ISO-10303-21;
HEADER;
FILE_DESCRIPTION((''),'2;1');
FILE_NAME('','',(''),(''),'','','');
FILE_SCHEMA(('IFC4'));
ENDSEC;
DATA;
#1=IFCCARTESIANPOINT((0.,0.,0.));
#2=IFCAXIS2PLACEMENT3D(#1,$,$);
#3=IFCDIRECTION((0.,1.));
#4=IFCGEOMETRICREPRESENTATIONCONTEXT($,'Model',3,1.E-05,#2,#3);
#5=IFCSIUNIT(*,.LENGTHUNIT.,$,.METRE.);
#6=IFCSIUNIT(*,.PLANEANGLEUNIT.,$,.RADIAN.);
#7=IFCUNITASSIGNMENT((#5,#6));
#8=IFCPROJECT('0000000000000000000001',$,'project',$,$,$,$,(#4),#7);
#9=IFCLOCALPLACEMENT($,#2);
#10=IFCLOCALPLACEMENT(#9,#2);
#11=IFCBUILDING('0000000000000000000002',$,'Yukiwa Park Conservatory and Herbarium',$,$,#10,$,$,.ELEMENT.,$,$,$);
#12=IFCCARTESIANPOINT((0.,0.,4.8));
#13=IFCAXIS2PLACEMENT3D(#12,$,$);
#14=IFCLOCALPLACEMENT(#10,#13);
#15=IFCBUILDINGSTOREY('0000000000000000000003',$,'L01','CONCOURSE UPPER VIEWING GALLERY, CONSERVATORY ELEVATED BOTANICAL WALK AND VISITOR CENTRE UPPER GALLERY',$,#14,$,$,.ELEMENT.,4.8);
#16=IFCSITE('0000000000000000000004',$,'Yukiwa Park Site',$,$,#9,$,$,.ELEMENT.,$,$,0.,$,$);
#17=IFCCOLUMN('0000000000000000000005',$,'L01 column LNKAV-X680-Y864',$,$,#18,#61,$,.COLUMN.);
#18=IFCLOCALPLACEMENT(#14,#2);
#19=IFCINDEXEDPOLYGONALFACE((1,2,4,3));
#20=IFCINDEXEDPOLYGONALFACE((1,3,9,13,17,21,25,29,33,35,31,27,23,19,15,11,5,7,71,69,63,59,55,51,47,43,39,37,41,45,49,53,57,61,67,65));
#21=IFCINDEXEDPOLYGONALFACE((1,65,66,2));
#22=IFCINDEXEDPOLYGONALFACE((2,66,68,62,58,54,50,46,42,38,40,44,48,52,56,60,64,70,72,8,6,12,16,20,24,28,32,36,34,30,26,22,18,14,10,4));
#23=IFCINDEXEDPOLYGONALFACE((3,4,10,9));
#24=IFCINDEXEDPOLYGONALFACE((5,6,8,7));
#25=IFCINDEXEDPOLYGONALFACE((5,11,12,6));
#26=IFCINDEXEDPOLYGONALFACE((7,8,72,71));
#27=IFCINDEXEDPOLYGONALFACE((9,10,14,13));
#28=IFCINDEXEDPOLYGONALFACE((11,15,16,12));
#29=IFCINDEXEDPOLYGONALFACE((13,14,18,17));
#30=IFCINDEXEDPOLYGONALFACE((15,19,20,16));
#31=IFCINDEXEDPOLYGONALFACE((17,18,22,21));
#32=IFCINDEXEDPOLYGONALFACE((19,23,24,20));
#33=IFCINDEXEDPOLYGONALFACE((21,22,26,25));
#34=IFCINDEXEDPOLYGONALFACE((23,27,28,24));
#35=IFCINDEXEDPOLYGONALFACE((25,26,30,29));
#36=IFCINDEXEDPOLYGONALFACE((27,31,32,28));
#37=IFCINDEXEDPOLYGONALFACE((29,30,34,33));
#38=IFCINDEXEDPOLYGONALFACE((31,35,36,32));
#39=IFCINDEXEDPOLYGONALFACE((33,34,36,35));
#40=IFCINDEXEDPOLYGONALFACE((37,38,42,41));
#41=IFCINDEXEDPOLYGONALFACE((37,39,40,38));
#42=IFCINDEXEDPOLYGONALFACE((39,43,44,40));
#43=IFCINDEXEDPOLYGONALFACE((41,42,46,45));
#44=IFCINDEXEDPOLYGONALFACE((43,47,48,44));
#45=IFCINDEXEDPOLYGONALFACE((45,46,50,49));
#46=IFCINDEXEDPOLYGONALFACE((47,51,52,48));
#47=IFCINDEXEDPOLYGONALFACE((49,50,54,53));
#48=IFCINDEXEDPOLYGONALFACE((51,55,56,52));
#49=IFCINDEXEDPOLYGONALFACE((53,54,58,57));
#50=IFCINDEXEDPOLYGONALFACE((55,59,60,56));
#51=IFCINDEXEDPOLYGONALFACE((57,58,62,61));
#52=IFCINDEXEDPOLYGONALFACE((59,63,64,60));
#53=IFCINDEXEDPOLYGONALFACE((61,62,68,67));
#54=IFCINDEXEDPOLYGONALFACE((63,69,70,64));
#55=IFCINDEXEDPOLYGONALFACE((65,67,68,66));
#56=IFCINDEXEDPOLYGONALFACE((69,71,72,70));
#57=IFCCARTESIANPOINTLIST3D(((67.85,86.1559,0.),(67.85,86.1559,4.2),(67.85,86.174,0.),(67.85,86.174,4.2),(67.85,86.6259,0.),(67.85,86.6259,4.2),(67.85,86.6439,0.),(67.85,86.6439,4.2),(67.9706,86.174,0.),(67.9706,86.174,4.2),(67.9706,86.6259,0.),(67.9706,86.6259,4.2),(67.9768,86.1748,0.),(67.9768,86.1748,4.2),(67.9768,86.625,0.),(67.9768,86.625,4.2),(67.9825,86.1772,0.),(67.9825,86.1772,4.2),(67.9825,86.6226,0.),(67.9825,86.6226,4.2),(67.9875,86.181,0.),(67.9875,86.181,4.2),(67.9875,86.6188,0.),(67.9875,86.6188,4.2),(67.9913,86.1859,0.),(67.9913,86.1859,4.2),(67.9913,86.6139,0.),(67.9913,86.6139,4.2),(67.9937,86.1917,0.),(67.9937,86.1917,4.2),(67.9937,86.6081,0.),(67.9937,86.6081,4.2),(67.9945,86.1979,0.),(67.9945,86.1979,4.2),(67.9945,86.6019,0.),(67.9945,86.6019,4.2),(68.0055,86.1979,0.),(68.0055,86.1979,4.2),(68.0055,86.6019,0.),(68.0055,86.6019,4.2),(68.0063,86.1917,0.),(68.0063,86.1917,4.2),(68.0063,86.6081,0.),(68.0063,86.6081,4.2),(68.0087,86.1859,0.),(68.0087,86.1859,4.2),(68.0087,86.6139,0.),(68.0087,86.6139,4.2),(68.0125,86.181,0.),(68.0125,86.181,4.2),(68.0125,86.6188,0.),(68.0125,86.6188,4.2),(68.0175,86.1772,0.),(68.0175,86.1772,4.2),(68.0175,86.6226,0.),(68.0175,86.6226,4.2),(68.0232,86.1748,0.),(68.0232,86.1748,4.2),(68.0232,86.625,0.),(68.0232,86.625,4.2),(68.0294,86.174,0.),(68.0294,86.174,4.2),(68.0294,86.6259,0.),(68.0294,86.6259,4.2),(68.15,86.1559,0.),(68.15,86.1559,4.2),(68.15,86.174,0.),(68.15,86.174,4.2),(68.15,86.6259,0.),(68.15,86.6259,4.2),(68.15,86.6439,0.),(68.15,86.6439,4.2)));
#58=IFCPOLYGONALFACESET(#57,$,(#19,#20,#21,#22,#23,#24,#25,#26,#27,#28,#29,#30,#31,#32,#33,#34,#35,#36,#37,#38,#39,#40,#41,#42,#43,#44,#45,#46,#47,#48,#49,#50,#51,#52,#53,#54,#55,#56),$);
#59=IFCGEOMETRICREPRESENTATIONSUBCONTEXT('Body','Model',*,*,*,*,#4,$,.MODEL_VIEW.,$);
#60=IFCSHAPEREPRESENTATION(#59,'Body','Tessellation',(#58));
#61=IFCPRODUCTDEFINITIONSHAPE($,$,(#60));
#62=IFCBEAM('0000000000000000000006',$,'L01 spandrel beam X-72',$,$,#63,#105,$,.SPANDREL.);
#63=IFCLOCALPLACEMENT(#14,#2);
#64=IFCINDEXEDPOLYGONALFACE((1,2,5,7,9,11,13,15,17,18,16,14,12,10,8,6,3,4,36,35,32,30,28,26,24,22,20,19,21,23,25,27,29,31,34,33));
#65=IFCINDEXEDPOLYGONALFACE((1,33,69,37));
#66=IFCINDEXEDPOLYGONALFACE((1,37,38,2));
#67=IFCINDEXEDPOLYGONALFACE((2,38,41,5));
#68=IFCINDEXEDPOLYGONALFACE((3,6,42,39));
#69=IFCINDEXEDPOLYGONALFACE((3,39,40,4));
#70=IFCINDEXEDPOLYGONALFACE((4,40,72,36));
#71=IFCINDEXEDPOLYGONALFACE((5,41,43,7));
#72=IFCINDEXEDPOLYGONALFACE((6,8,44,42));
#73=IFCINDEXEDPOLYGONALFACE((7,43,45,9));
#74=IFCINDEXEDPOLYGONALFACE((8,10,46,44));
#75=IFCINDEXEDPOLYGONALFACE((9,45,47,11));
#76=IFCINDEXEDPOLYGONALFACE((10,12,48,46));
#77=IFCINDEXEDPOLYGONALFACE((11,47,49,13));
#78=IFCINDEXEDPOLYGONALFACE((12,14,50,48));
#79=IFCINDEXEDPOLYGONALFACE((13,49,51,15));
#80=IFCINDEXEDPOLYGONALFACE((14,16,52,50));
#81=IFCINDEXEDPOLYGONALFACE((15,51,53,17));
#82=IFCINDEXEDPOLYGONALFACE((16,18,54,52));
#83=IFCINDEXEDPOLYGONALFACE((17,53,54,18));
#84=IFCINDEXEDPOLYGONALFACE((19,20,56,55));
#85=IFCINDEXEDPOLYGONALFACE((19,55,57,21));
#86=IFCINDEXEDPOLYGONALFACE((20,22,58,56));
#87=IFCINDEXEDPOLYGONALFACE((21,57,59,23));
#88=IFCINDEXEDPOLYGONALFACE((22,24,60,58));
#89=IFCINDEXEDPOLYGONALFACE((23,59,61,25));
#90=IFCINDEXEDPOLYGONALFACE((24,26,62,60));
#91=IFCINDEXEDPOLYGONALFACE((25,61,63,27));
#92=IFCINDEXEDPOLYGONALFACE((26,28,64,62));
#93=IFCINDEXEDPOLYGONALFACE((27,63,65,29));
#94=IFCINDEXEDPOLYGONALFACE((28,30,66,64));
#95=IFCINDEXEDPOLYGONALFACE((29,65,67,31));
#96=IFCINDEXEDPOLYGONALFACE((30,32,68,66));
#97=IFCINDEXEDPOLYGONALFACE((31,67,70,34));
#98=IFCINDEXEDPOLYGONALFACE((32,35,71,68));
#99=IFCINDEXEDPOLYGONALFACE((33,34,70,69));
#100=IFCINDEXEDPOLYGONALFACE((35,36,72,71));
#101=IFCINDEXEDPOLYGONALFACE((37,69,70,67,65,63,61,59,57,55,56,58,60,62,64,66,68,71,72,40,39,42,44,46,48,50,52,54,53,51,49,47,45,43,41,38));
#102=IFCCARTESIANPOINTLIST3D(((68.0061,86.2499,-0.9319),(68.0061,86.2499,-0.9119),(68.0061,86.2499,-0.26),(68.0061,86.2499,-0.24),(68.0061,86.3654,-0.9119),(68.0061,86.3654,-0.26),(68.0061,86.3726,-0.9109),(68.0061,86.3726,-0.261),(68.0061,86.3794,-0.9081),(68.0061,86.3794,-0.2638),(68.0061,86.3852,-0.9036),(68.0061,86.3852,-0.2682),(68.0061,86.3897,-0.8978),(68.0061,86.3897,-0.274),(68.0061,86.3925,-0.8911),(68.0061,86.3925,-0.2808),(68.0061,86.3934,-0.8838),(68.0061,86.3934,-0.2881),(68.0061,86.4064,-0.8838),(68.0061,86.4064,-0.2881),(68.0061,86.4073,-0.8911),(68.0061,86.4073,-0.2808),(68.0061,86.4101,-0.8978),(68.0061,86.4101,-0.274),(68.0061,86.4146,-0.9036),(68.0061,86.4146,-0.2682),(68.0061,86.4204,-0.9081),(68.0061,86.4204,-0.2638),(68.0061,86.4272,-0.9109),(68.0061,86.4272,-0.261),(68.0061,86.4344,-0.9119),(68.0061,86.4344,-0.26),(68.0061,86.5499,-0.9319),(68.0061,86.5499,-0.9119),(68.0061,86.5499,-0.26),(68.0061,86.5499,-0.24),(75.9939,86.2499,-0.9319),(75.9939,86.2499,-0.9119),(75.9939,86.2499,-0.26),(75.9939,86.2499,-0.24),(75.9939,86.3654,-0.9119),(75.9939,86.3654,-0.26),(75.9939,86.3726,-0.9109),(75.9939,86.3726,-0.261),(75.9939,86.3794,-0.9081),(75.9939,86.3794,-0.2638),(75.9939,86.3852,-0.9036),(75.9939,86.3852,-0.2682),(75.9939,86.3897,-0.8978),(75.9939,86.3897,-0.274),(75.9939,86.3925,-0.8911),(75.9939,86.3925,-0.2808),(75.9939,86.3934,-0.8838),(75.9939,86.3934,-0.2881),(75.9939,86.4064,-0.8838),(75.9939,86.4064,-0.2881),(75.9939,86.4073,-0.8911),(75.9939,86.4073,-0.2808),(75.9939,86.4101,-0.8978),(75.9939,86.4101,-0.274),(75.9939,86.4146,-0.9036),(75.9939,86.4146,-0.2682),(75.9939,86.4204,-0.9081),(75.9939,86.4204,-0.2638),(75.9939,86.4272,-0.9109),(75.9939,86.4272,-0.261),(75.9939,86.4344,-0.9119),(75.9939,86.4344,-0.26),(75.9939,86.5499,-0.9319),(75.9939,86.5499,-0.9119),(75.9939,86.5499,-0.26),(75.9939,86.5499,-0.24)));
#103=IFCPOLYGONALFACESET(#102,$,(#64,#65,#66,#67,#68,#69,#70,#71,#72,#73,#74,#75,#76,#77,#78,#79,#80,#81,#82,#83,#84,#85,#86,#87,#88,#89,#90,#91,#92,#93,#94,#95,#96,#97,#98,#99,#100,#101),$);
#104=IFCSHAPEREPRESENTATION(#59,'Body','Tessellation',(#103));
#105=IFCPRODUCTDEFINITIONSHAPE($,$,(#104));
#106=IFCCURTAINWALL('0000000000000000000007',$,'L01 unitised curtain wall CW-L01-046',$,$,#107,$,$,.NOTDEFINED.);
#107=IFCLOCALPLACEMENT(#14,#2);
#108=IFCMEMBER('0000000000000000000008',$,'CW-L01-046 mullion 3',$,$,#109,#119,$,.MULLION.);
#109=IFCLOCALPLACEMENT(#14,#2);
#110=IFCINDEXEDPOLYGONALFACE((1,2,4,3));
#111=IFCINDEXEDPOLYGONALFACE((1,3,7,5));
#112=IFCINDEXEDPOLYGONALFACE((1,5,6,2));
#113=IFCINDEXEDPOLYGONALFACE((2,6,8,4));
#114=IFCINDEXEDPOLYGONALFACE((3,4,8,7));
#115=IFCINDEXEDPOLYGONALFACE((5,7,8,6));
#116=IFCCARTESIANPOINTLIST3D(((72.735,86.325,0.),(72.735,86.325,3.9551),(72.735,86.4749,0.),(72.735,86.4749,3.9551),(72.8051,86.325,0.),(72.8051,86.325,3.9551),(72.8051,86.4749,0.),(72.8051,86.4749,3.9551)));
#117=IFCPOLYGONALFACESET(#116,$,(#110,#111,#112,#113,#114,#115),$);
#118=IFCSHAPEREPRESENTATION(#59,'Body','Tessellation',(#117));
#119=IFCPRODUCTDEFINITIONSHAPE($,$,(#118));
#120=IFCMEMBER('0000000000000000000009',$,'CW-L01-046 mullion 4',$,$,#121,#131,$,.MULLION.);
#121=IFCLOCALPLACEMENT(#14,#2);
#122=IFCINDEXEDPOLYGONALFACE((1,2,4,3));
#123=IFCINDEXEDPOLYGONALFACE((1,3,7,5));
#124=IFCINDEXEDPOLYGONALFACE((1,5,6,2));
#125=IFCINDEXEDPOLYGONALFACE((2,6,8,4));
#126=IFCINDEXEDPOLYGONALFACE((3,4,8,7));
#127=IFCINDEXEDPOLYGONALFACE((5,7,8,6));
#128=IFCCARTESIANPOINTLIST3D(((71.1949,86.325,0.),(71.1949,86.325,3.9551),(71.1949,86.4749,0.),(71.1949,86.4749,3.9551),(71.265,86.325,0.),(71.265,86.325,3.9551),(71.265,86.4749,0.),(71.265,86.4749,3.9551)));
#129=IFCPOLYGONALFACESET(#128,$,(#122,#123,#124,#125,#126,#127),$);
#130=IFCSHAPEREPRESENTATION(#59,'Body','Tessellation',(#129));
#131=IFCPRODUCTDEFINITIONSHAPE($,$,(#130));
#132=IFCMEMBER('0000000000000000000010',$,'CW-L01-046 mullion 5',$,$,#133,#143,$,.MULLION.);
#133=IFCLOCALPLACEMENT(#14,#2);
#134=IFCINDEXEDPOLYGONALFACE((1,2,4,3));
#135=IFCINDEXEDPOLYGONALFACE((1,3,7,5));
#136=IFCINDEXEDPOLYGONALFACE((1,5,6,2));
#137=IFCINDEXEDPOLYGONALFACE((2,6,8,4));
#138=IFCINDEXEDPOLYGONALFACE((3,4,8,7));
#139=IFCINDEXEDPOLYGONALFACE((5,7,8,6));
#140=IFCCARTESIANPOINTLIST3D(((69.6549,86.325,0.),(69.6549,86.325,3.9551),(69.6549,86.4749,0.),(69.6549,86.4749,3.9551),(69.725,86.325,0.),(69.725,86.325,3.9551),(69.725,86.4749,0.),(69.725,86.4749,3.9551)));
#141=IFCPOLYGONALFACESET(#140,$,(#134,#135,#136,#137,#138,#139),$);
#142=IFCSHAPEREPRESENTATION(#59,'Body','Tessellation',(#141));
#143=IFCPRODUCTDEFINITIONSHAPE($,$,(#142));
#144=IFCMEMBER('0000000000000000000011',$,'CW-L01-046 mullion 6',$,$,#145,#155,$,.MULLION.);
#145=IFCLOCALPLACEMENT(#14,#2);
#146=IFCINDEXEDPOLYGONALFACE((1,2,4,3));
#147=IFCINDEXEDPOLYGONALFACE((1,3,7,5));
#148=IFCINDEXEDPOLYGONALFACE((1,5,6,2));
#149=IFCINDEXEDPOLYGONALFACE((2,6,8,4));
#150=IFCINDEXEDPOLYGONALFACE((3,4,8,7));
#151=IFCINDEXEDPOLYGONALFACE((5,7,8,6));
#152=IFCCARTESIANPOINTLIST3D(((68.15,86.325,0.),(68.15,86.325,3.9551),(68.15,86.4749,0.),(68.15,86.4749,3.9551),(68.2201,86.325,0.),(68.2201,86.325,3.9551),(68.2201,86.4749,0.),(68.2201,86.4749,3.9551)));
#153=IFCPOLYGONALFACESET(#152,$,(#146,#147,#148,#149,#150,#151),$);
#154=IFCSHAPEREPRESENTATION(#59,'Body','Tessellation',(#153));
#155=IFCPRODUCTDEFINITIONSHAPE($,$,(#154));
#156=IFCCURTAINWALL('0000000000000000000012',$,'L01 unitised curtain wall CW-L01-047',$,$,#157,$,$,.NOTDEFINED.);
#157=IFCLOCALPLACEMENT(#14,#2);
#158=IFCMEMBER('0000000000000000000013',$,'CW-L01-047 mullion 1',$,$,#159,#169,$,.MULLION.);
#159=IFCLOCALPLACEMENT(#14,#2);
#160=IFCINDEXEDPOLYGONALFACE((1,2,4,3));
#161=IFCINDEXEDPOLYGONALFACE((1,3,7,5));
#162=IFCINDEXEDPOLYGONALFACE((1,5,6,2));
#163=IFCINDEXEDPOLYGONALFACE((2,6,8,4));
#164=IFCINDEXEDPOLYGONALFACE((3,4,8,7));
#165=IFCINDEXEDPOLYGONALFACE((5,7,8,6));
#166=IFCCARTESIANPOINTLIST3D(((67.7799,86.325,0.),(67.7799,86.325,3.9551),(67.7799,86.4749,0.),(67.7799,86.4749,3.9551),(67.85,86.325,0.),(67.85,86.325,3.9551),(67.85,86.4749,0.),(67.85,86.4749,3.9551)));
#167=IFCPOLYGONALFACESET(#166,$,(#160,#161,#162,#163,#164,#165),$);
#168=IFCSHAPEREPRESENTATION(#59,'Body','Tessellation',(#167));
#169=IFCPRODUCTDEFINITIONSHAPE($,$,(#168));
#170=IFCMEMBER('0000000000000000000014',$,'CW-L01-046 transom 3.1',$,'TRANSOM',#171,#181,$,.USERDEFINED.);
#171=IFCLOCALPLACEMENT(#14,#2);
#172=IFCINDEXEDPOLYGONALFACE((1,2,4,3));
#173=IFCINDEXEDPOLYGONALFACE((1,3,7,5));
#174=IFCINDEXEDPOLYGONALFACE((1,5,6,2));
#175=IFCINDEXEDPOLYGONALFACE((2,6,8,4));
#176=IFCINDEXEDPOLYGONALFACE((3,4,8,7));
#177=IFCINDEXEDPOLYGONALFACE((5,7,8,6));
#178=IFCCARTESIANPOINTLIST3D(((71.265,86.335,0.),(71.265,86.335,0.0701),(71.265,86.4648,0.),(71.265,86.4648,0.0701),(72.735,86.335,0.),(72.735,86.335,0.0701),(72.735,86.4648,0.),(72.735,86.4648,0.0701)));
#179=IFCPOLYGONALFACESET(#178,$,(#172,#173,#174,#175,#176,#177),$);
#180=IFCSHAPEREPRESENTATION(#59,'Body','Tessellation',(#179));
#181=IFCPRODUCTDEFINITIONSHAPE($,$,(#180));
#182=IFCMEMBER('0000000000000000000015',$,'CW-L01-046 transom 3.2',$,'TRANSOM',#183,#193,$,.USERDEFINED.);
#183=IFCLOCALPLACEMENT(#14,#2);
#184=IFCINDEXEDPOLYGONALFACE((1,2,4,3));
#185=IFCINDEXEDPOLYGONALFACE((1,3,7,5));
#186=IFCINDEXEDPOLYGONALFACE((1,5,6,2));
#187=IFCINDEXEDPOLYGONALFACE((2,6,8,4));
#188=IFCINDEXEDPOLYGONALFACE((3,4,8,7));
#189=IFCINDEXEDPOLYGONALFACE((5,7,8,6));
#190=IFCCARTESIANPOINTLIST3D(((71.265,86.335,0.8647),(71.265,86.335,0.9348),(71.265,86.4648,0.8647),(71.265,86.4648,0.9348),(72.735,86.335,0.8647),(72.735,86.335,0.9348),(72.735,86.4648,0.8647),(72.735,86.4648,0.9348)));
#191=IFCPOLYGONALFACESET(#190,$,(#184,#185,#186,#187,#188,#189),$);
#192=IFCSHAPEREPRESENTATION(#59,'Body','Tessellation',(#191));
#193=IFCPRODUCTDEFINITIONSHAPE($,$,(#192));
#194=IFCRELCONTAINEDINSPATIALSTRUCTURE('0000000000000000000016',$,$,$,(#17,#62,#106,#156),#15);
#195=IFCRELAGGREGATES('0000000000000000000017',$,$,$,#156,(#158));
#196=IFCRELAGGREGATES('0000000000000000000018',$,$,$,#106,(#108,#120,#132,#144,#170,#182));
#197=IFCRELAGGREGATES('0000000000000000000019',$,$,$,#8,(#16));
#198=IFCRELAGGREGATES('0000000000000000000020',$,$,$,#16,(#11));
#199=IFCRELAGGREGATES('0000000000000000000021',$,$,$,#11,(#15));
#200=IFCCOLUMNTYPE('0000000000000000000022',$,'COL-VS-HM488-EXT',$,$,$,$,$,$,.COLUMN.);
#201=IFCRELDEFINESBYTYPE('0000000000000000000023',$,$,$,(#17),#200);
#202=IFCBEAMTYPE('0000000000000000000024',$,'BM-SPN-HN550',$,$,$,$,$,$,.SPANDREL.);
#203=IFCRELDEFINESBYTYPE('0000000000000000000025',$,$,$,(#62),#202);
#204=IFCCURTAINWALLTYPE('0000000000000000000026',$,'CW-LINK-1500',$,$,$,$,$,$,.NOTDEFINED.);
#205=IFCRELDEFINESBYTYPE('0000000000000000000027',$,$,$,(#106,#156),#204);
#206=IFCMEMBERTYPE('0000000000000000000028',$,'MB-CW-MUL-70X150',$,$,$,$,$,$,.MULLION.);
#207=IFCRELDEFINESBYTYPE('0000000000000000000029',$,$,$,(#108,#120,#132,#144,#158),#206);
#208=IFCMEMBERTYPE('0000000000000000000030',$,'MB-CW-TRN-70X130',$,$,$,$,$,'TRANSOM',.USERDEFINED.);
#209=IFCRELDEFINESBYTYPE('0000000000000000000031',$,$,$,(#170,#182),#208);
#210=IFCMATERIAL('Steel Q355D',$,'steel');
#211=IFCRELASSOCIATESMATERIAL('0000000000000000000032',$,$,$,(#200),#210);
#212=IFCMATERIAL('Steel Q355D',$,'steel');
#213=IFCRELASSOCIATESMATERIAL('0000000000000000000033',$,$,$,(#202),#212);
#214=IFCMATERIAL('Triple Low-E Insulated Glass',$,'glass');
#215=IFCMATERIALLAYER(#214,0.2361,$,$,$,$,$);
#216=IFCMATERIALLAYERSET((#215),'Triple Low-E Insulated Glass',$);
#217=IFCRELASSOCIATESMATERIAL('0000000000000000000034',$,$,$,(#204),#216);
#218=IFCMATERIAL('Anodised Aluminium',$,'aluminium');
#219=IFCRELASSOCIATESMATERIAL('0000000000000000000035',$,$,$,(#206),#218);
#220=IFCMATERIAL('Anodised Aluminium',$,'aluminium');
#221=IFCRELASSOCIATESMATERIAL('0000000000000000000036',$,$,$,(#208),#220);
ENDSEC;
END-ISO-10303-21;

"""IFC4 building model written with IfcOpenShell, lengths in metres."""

from ifc_helpers import new_model, si_unit, direction, frame, origin, origin_2d, place, context, subcontext, project, spatial, rectangle, i_section, extrude, material, layer, layer_set, material_profile, profile_set, type_object, element, aggregate, save


model = new_model("IFC4")

# Units and contexts
model_context = context("Model", 3, precision=1e-05, world=origin(), true_north=direction((0.0, 1.0)))
body_context = subcontext(model_context, "Body", "Model", "MODEL_VIEW")
ifc_project = project(units=[si_unit("LENGTHUNIT", "METRE"), si_unit("PLANEANGLEUNIT", "RADIAN")], contexts=[model_context])

# Site, building, storey
site_placement = place(None, origin())
site = spatial("IfcSite", under=ifc_project, at=site_placement, Name="Yukiwa Park Site", CompositionType="ELEMENT", RefElevation=0.0)
building_placement = place(site_placement, origin())
building = spatial("IfcBuilding", under=site, at=building_placement, Name="Yukiwa Park Conservatory and Herbarium", CompositionType="ELEMENT")
storey_placement = place(building_placement, frame((0.0, 0.0, 4.8)))
storey = spatial("IfcBuildingStorey", under=building, at=storey_placement, Name="L01", Description="CONCOURSE UPPER VIEWING GALLERY, CONSERVATORY ELEVATED BOTANICAL WALK AND VISITOR CENTRE UPPER GALLERY", CompositionType="ELEMENT", Elevation=4.8)

# Column
ifc_material_1 = material(Name="Steel Q355D", Category="steel")
ifc_material_profile_1 = material_profile(ifc_material_1, i_section(OverallWidth=0.3, OverallDepth=0.488, WebThickness=0.011, FlangeThickness=0.0181, FilletRadius=0.0239, at=origin_2d()), Name="HM 488x300x11x18")
ifc_profile_set_1 = profile_set([ifc_material_profile_1], Name="Steel Q355D")
column_type = type_object("IfcColumnType", Name="COL-VS-HM488-EXT", PredefinedType="COLUMN", material=ifc_profile_set_1)
column_placement = place(storey_placement, frame((68.0, 86.3999, 0.0), z_axis=(0.0, 0.0, 1.0), x_axis=(1.0, 0.0, 0.0)))
element("IfcColumn", 1, at=column_placement, inside=storey, type_object=column_type, Name="L01 column LNKAV-X680-Y864", PredefinedType="COLUMN", context=body_context, shape_type="SweptSolid", body=[
    extrude(i_section(OverallWidth=0.3, OverallDepth=0.488, WebThickness=0.011, FlangeThickness=0.0181, FilletRadius=0.0239, at=origin_2d()), origin(), (0.0, 0.0, 1.0), 4.2),
])

# Beam
ifc_material_2 = material(Name="Steel Q355D", Category="steel")
ifc_material_profile_2 = material_profile(ifc_material_2, i_section(OverallWidth=0.3, OverallDepth=0.6919, WebThickness=0.0129, FlangeThickness=0.02, FilletRadius=0.0281, at=origin_2d()), Name="HN 692x300x13x20")
ifc_profile_set_2 = profile_set([ifc_material_profile_2], Name="Steel Q355D")
beam_type = type_object("IfcBeamType", Name="BM-SPN-HN550", PredefinedType="SPANDREL", material=ifc_profile_set_2)
beam_placement = place(storey_placement, frame((68.0061, 86.3999, -0.5859), z_axis=(1.0, 0.0, 0.0), x_axis=(0.0, 1.0, 0.0)))
element("IfcBeam", 2, at=beam_placement, inside=storey, type_object=beam_type, Name="L01 spandrel beam X-72", PredefinedType="SPANDREL", context=body_context, shape_type="SweptSolid", body=[
    extrude(i_section(OverallWidth=0.3, OverallDepth=0.6919, WebThickness=0.0129, FlangeThickness=0.02, FilletRadius=0.0281, at=origin_2d()), origin(), (0.0, 0.0, 1.0), 7.9878),
])

# Curtain wall, members
ifc_material_3 = material(Name="Triple Low-E Insulated Glass", Category="glass")
ifc_layer_1 = layer(ifc_material_3, 0.2361)
ifc_layer_set_1 = layer_set([ifc_layer_1], Name="Triple Low-E Insulated Glass")
curtain_wall_type = type_object("IfcCurtainWallType", Name="CW-LINK-1500", PredefinedType="NOTDEFINED", material=ifc_layer_set_1)
curtain_wall_1_placement = place(storey_placement, origin())
curtain_wall_1 = element("IfcCurtainWall", 3, at=curtain_wall_1_placement, inside=storey, type_object=curtain_wall_type, Name="L01 unitised curtain wall CW-L01-046", PredefinedType="NOTDEFINED")
ifc_material_4 = material(Name="Anodised Aluminium", Category="aluminium")
member_type_1 = type_object("IfcMemberType", Name="MB-CW-MUL-70X150", PredefinedType="MULLION", material=ifc_material_4)
member_1_placement = place(storey_placement, frame((72.77, 86.3999, 0.0), z_axis=(0.0, 0.0, 1.0), x_axis=(-1.0, 0.0, 0.0)))
member_1 = element("IfcMember", 4, at=member_1_placement, type_object=member_type_1, Name="CW-L01-046 mullion 3", PredefinedType="MULLION", context=body_context, shape_type="SweptSolid", body=[
    extrude(rectangle(XDim=0.0701, YDim=0.1499, at=origin_2d()), origin(), (0.0, 0.0, 1.0), 3.9551),
])
member_2_placement = place(storey_placement, frame((71.23, 86.3999, 0.0), z_axis=(0.0, 0.0, 1.0), x_axis=(-1.0, 0.0, 0.0)))
member_2 = element("IfcMember", 5, at=member_2_placement, type_object=member_type_1, Name="CW-L01-046 mullion 4", PredefinedType="MULLION", context=body_context, shape_type="SweptSolid", body=[
    extrude(rectangle(XDim=0.0701, YDim=0.1499, at=origin_2d()), origin(), (0.0, 0.0, 1.0), 3.9551),
])
member_3_placement = place(storey_placement, frame((69.6899, 86.3999, 0.0), z_axis=(0.0, 0.0, 1.0), x_axis=(-1.0, 0.0, 0.0)))
member_3 = element("IfcMember", 6, at=member_3_placement, type_object=member_type_1, Name="CW-L01-046 mullion 5", PredefinedType="MULLION", context=body_context, shape_type="SweptSolid", body=[
    extrude(rectangle(XDim=0.0701, YDim=0.1499, at=origin_2d()), origin(), (0.0, 0.0, 1.0), 3.9551),
])
member_4_placement = place(storey_placement, frame((68.1851, 86.3999, 0.0), z_axis=(0.0, 0.0, 1.0), x_axis=(-1.0, 0.0, 0.0)))
member_4 = element("IfcMember", 7, at=member_4_placement, type_object=member_type_1, Name="CW-L01-046 mullion 6", PredefinedType="MULLION", context=body_context, shape_type="SweptSolid", body=[
    extrude(rectangle(XDim=0.0701, YDim=0.1499, at=origin_2d()), origin(), (0.0, 0.0, 1.0), 3.9551),
])

# Curtain wall, member
curtain_wall_2_placement = place(storey_placement, origin())
curtain_wall_2 = element("IfcCurtainWall", 8, at=curtain_wall_2_placement, inside=storey, type_object=curtain_wall_type, Name="L01 unitised curtain wall CW-L01-047", PredefinedType="NOTDEFINED")
member_5_placement = place(storey_placement, frame((67.8149, 86.3999, 0.0), z_axis=(0.0, 0.0, 1.0), x_axis=(-1.0, 0.0, 0.0)))
member_5 = element("IfcMember", 9, at=member_5_placement, type_object=member_type_1, Name="CW-L01-047 mullion 1", PredefinedType="MULLION", context=body_context, shape_type="SweptSolid", body=[
    extrude(rectangle(XDim=0.0701, YDim=0.1499, at=origin_2d()), origin(), (0.0, 0.0, 1.0), 3.9551),
])

# Members
ifc_material_5 = material(Name="Anodised Aluminium", Category="aluminium")
member_type_2 = type_object("IfcMemberType", Name="MB-CW-TRN-70X130", ElementType="TRANSOM", PredefinedType="USERDEFINED", material=ifc_material_5)
member_6_placement = place(storey_placement, frame((72.0, 86.3999, 0.0), z_axis=(0.0, 0.0, 1.0), x_axis=(-1.0, 0.0, 0.0)))
member_6 = element("IfcMember", 10, at=member_6_placement, type_object=member_type_2, Name="CW-L01-046 transom 3.1", ObjectType="TRANSOM", PredefinedType="USERDEFINED", context=body_context, shape_type="SweptSolid", body=[
    extrude(rectangle(XDim=1.47, YDim=0.1299, at=origin_2d()), origin(), (0.0, 0.0, 1.0), 0.0701),
])
member_7_placement = place(storey_placement, frame((72.0, 86.3999, 0.8647), z_axis=(0.0, 0.0, 1.0), x_axis=(-1.0, 0.0, 0.0)))
member_7 = element("IfcMember", 11, at=member_7_placement, type_object=member_type_2, Name="CW-L01-046 transom 3.2", ObjectType="TRANSOM", PredefinedType="USERDEFINED", context=body_context, shape_type="SweptSolid", body=[
    extrude(rectangle(XDim=1.47, YDim=0.1299, at=origin_2d()), origin(), (0.0, 0.0, 1.0), 0.0701),
])

aggregate(curtain_wall_2, [member_5])
aggregate(curtain_wall_1, [member_1, member_2, member_3, member_4, member_6, member_7])

save(model, "model.ifc")
